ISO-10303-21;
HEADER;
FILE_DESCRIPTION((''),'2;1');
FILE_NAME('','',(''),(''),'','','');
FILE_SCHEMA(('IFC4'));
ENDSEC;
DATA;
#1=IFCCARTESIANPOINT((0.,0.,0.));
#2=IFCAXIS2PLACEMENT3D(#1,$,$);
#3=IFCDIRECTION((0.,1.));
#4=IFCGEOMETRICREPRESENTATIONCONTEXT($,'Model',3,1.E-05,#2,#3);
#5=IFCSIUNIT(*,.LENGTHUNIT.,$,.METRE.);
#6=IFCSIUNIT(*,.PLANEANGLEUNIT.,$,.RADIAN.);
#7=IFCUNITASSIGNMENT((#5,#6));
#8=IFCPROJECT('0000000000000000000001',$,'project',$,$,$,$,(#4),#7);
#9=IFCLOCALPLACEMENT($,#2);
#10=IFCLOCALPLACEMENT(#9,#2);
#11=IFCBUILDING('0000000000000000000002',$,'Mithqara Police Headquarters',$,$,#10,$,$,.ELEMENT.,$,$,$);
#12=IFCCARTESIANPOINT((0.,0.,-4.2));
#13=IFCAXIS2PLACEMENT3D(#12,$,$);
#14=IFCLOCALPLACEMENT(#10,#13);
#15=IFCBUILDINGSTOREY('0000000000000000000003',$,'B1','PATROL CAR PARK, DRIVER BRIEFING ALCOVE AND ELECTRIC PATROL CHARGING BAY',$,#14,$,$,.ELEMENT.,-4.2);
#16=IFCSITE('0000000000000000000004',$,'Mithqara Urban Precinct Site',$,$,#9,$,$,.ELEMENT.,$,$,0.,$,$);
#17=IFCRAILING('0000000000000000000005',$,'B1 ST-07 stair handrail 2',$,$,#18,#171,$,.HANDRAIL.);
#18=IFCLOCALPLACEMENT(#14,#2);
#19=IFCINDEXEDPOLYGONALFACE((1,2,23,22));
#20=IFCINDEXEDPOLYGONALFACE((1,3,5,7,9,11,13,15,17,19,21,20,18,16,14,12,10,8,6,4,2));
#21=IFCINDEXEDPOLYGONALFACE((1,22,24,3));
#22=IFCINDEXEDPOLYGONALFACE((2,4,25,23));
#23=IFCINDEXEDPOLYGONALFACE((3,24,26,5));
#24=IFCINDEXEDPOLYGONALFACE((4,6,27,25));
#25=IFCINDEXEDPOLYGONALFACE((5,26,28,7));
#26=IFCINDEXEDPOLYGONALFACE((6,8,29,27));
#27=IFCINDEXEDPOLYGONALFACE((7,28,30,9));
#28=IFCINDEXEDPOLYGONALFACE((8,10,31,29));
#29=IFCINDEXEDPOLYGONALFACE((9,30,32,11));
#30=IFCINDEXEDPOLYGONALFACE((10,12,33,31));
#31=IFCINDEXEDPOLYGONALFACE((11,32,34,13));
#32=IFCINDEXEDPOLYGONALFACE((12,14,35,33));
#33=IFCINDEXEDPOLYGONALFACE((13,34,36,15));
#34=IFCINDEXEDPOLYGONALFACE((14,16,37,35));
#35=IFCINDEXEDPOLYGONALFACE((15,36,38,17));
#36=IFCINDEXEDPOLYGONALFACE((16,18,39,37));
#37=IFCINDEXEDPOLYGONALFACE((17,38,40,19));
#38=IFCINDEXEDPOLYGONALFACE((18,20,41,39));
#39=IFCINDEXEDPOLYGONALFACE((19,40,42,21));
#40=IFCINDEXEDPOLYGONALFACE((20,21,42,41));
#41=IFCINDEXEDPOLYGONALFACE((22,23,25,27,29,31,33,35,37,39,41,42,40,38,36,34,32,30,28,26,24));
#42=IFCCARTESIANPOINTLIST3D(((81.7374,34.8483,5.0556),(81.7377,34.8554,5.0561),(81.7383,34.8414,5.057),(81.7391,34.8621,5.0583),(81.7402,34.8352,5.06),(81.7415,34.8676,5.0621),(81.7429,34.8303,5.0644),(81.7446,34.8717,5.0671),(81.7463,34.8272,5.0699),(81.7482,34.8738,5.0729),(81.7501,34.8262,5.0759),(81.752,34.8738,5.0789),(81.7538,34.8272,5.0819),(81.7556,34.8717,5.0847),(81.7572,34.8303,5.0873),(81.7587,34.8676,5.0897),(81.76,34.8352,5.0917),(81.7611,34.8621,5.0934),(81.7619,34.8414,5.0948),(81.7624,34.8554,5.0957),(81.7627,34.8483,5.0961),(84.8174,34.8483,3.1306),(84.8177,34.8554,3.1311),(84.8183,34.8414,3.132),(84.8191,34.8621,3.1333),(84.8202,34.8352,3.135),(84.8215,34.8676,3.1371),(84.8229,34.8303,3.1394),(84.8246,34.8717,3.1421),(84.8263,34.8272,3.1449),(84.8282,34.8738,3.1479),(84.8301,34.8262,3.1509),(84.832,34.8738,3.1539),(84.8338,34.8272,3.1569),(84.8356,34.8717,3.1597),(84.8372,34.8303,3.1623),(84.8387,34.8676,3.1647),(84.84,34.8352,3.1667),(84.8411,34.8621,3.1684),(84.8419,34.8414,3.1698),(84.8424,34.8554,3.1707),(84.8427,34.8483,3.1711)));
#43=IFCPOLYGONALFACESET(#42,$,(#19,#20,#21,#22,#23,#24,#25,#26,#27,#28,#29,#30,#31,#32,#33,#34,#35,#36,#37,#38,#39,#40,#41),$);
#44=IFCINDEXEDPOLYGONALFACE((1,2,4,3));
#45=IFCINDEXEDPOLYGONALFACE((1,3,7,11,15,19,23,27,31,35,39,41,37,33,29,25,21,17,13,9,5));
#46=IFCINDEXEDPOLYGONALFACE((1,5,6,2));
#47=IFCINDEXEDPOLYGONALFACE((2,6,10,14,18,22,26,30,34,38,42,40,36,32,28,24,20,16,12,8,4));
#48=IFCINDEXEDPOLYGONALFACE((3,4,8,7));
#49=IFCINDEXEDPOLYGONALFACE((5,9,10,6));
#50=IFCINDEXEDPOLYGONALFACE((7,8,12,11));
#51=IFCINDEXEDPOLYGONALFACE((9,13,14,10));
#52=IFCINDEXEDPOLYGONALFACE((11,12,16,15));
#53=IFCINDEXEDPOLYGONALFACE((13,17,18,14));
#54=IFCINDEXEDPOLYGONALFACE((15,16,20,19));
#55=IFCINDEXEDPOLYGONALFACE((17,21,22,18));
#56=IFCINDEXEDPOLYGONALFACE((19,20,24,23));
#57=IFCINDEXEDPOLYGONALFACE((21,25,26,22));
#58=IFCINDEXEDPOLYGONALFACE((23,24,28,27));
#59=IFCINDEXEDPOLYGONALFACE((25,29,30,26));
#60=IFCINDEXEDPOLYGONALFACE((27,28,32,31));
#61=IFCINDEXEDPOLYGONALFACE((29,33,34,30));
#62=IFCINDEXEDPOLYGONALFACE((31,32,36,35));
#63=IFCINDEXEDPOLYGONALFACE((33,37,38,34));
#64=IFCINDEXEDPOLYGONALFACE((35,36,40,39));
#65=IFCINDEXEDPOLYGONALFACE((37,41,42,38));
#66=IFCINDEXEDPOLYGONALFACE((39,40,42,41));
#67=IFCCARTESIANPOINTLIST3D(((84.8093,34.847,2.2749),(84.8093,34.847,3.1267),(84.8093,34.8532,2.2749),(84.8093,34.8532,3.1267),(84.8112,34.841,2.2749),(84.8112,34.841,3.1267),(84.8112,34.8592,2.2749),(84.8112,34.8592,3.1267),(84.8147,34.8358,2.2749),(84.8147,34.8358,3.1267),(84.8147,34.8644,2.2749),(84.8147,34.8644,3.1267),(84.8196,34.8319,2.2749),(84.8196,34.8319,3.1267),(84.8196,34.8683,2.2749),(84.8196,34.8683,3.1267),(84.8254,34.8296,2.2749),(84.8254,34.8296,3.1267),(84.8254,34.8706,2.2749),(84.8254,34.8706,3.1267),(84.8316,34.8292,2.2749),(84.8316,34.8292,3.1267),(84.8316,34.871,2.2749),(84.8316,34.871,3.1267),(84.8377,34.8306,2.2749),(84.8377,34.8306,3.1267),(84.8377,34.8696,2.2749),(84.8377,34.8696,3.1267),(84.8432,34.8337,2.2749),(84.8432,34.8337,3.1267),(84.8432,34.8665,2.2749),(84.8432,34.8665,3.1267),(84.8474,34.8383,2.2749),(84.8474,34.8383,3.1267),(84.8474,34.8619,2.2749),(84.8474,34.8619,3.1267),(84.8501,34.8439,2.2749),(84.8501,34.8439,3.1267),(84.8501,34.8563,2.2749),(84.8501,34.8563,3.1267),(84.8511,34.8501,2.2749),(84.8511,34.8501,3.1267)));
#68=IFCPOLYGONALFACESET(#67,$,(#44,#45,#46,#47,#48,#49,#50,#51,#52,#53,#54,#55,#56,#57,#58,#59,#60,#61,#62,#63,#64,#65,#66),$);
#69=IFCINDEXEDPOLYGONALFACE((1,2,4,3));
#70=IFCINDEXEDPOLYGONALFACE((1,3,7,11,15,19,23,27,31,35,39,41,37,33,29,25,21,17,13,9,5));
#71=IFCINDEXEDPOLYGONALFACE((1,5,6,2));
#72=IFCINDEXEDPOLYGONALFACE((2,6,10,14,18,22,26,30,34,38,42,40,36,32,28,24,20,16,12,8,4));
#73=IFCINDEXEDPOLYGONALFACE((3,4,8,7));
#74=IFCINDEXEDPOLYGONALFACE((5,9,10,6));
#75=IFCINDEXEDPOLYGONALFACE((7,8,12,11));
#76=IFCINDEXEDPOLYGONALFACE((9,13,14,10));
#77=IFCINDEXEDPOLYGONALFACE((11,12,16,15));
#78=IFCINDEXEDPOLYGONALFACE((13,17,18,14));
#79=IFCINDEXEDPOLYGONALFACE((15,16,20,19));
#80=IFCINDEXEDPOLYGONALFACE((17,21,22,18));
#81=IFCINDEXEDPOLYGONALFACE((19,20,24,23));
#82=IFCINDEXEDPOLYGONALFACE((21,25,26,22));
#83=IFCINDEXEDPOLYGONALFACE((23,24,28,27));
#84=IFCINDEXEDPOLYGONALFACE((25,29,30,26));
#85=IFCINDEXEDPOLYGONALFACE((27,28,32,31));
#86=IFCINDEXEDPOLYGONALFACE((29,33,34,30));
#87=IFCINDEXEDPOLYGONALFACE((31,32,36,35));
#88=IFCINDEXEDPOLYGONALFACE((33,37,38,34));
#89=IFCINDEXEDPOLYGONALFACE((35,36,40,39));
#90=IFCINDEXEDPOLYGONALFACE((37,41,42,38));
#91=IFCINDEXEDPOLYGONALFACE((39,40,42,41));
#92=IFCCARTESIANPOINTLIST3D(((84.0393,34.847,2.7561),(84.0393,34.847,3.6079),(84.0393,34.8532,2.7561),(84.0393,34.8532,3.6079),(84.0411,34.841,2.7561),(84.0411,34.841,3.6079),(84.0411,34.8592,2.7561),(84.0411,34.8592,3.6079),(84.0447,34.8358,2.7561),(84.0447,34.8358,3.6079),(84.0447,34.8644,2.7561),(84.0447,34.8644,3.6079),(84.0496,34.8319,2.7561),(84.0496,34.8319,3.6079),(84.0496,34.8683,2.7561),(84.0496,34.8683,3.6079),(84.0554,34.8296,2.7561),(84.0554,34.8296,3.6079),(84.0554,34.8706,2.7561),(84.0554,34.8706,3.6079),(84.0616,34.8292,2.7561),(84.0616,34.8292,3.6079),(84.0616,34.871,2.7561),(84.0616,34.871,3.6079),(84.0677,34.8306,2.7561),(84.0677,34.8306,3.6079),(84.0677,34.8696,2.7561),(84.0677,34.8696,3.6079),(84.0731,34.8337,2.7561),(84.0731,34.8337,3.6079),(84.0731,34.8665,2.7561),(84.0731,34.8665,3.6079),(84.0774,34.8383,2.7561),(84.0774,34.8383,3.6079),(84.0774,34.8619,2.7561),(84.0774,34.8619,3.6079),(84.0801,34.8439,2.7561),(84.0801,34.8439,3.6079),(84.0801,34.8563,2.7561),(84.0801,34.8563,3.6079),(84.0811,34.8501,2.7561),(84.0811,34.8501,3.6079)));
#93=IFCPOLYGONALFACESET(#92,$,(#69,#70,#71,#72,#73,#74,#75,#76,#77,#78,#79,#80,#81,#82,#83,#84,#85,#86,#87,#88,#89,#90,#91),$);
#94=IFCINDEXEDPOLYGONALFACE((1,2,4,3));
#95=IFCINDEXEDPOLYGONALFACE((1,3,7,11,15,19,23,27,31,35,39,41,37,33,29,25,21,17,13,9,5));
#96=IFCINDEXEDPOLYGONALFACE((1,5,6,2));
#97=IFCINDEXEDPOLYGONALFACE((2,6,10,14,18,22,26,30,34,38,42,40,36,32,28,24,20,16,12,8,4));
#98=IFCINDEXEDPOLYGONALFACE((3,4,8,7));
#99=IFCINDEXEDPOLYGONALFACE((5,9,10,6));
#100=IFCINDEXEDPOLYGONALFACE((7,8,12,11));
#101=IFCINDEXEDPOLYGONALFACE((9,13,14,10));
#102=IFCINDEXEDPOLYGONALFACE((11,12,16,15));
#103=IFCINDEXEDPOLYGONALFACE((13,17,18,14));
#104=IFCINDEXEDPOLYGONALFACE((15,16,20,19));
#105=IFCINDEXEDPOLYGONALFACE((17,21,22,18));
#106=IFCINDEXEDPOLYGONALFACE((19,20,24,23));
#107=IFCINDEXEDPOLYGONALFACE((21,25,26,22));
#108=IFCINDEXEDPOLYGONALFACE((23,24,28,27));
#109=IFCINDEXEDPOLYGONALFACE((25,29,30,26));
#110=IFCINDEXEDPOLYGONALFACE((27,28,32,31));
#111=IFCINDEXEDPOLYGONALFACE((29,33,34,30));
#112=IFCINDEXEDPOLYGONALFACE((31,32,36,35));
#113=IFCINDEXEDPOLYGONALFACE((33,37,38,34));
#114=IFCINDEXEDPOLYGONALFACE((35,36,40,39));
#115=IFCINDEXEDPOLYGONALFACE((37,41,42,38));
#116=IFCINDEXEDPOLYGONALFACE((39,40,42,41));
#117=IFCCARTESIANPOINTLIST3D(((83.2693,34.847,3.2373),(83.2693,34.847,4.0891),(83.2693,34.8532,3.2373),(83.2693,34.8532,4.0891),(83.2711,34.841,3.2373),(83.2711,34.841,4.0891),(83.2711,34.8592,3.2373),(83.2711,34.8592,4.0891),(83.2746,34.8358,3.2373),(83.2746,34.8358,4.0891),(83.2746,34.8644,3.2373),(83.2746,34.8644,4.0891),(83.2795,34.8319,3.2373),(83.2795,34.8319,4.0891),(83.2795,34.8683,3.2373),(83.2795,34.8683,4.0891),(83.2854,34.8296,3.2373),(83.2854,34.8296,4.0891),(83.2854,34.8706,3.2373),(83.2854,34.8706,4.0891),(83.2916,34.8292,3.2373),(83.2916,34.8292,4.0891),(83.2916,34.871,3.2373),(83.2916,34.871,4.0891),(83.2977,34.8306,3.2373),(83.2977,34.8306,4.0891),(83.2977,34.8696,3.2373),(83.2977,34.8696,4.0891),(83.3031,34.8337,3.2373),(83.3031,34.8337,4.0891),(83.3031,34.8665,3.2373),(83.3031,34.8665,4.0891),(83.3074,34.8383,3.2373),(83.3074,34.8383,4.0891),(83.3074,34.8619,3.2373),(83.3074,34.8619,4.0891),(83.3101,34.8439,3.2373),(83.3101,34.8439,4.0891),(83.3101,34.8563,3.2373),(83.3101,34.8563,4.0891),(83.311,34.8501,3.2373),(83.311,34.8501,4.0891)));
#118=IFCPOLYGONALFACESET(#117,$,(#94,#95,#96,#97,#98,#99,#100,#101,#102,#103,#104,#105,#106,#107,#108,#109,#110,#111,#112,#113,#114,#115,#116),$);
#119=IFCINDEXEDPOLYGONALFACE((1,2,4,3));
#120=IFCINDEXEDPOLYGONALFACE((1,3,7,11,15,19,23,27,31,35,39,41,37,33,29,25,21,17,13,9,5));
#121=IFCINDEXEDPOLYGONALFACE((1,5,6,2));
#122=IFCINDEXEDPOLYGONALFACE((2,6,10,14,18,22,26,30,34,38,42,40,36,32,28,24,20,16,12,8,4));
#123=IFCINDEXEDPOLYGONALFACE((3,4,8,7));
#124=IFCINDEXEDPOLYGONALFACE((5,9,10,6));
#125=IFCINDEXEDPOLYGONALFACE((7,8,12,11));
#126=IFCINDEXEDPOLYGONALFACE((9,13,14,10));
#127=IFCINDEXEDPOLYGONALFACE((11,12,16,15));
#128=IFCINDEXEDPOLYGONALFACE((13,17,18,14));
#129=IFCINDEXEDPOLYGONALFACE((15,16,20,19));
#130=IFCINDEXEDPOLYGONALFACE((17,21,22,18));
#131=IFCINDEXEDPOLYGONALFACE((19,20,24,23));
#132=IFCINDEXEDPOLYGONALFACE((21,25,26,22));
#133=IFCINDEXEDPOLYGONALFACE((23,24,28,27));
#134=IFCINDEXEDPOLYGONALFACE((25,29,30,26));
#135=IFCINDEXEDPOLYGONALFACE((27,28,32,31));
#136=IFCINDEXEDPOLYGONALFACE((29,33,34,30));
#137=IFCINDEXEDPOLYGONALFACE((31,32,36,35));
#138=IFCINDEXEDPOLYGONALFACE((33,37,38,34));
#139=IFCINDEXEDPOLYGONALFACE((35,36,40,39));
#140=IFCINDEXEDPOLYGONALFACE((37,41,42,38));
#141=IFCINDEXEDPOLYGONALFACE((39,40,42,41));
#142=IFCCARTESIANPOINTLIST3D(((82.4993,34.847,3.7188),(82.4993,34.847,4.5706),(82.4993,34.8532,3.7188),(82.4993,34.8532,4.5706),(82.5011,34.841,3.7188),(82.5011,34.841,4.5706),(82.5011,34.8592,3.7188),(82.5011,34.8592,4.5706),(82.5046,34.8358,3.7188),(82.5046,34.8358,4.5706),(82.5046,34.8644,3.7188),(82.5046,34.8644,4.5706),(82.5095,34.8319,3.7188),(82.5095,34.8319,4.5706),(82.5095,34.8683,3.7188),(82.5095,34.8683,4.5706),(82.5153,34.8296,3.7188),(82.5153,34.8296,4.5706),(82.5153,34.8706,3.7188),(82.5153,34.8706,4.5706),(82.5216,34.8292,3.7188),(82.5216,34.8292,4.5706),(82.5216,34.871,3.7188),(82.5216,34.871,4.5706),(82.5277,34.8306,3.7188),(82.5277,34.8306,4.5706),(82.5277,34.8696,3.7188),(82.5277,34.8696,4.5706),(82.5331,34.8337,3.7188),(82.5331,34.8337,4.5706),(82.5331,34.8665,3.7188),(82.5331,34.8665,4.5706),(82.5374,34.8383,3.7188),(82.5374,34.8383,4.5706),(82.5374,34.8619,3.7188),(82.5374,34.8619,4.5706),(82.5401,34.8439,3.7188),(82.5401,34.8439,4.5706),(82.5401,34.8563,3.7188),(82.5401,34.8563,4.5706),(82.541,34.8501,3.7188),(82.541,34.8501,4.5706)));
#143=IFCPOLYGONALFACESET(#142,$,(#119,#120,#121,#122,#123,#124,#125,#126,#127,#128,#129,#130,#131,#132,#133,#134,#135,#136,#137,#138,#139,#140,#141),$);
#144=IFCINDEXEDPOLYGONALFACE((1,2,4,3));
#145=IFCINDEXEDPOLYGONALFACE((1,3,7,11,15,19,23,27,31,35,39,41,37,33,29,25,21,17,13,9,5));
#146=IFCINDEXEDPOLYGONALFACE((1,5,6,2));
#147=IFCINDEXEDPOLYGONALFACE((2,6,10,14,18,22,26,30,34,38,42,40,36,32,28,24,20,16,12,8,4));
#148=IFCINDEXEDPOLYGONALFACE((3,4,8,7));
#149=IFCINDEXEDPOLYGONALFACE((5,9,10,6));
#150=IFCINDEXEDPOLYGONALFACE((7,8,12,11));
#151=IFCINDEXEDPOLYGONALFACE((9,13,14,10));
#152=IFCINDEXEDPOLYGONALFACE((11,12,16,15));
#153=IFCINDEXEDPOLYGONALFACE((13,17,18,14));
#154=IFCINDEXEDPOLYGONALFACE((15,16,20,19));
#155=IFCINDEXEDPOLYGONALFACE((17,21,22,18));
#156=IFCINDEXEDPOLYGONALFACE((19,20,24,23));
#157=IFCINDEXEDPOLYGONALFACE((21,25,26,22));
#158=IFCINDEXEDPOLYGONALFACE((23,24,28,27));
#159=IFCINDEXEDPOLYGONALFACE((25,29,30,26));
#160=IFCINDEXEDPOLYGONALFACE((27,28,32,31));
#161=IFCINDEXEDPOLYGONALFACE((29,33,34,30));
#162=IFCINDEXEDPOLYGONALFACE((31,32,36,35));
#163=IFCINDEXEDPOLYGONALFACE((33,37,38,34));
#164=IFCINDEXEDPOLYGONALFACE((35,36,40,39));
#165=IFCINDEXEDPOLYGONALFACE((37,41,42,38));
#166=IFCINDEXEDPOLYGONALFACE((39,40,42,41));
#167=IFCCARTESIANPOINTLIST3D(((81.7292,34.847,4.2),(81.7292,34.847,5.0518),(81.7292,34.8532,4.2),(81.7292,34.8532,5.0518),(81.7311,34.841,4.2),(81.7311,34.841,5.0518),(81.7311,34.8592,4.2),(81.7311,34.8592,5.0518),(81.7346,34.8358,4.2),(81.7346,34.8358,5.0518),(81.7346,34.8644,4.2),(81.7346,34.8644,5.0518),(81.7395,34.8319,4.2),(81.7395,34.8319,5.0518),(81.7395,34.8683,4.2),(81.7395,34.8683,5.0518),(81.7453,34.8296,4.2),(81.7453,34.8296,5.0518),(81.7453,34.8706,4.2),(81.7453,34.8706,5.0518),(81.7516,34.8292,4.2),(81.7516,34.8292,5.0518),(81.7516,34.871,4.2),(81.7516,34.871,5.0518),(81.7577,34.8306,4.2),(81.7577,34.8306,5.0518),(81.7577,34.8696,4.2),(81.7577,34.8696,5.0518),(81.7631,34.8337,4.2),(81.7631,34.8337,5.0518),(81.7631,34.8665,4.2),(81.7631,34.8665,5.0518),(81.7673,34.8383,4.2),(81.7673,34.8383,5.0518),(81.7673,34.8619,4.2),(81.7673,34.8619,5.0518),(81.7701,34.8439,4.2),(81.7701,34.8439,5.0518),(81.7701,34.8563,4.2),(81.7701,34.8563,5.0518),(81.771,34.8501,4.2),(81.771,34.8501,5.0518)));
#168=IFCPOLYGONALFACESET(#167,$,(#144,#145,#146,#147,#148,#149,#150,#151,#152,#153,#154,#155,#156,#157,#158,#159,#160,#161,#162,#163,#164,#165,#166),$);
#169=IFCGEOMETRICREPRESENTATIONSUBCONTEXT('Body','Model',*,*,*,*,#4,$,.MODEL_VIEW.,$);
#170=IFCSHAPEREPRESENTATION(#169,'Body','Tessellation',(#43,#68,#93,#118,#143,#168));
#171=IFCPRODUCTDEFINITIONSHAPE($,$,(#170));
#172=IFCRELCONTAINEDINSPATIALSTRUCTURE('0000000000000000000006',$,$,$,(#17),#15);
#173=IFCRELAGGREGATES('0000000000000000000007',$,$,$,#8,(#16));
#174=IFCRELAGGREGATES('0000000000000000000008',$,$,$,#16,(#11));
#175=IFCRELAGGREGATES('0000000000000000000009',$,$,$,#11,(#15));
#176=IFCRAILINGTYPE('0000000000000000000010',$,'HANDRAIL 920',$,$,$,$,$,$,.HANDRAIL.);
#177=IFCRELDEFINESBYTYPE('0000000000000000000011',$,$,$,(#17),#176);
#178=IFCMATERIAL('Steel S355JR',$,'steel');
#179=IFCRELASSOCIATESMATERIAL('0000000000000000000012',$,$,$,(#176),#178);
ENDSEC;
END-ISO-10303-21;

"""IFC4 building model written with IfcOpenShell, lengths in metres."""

from ifc_helpers import new_model, si_unit, direction, frame, origin, origin_2d, place, context, subcontext, project, spatial, circle, extrude, material, type_object, element, save


model = new_model("IFC4")

# Units and contexts
model_context = context("Model", 3, precision=1e-05, world=origin(), true_north=direction((0.0, 1.0)))
body_context = subcontext(model_context, "Body", "Model", "MODEL_VIEW")
ifc_project = project(units=[si_unit("LENGTHUNIT", "METRE"), si_unit("PLANEANGLEUNIT", "RADIAN")], contexts=[model_context])

# Site, building, storey
site_placement = place(None, origin())
site = spatial("IfcSite", under=ifc_project, at=site_placement, Name="Mithqara Urban Precinct Site", CompositionType="ELEMENT", RefElevation=0.0)
building_placement = place(site_placement, origin())
building = spatial("IfcBuilding", under=site, at=building_placement, Name="Mithqara Police Headquarters", CompositionType="ELEMENT")
storey_placement = place(building_placement, frame((0.0, 0.0, -4.2)))
storey = spatial("IfcBuildingStorey", under=building, at=storey_placement, Name="B1", Description="PATROL CAR PARK, DRIVER BRIEFING ALCOVE AND ELECTRIC PATROL CHARGING BAY", CompositionType="ELEMENT", Elevation=-4.2)

# Railing
ifc_material_1 = material(Name="Steel S355JR", Category="steel")
railing_type_1 = type_object("IfcRailingType", Name="HANDRAIL 920", PredefinedType="HANDRAIL", material=ifc_material_1)
railing_1_placement = place(storey_placement, frame((84.8301, 34.8501, 2.2749)))
element("IfcRailing", 1, at=railing_1_placement, inside=storey, type_object=railing_type_1, Name="B1 ST-07 stair handrail 2", PredefinedType="HANDRAIL", context=body_context, shape_type="SweptSolid", body=[
    extrude(circle(Radius=0.0239, at=origin_2d()), frame((0.0, 0.0, 0.876), z_axis=(-0.847998, 0.0, 0.529999), x_axis=(0.0, -1.0, 0.0)), (0.0, 0.0, 1.0), 3.6321),
    extrude(circle(Radius=0.021, at=origin_2d()), origin(), (0.0, 0.0, 1.0), 0.8518),
    extrude(circle(Radius=0.021, at=origin_2d()), frame((-0.77, 0.0, 0.4812)), (0.0, 0.0, 1.0), 0.8518),
    extrude(circle(Radius=0.021, at=origin_2d()), frame((-1.54, 0.0, 0.9624)), (0.0, 0.0, 1.0), 0.8518),
    extrude(circle(Radius=0.021, at=origin_2d()), frame((-2.3101, 0.0, 1.4438)), (0.0, 0.0, 1.0), 0.8518),
    extrude(circle(Radius=0.021, at=origin_2d()), frame((-3.0801, 0.0, 1.925)), (0.0, 0.0, 1.0), 0.8518),
])

save(model, "model.ifc")
